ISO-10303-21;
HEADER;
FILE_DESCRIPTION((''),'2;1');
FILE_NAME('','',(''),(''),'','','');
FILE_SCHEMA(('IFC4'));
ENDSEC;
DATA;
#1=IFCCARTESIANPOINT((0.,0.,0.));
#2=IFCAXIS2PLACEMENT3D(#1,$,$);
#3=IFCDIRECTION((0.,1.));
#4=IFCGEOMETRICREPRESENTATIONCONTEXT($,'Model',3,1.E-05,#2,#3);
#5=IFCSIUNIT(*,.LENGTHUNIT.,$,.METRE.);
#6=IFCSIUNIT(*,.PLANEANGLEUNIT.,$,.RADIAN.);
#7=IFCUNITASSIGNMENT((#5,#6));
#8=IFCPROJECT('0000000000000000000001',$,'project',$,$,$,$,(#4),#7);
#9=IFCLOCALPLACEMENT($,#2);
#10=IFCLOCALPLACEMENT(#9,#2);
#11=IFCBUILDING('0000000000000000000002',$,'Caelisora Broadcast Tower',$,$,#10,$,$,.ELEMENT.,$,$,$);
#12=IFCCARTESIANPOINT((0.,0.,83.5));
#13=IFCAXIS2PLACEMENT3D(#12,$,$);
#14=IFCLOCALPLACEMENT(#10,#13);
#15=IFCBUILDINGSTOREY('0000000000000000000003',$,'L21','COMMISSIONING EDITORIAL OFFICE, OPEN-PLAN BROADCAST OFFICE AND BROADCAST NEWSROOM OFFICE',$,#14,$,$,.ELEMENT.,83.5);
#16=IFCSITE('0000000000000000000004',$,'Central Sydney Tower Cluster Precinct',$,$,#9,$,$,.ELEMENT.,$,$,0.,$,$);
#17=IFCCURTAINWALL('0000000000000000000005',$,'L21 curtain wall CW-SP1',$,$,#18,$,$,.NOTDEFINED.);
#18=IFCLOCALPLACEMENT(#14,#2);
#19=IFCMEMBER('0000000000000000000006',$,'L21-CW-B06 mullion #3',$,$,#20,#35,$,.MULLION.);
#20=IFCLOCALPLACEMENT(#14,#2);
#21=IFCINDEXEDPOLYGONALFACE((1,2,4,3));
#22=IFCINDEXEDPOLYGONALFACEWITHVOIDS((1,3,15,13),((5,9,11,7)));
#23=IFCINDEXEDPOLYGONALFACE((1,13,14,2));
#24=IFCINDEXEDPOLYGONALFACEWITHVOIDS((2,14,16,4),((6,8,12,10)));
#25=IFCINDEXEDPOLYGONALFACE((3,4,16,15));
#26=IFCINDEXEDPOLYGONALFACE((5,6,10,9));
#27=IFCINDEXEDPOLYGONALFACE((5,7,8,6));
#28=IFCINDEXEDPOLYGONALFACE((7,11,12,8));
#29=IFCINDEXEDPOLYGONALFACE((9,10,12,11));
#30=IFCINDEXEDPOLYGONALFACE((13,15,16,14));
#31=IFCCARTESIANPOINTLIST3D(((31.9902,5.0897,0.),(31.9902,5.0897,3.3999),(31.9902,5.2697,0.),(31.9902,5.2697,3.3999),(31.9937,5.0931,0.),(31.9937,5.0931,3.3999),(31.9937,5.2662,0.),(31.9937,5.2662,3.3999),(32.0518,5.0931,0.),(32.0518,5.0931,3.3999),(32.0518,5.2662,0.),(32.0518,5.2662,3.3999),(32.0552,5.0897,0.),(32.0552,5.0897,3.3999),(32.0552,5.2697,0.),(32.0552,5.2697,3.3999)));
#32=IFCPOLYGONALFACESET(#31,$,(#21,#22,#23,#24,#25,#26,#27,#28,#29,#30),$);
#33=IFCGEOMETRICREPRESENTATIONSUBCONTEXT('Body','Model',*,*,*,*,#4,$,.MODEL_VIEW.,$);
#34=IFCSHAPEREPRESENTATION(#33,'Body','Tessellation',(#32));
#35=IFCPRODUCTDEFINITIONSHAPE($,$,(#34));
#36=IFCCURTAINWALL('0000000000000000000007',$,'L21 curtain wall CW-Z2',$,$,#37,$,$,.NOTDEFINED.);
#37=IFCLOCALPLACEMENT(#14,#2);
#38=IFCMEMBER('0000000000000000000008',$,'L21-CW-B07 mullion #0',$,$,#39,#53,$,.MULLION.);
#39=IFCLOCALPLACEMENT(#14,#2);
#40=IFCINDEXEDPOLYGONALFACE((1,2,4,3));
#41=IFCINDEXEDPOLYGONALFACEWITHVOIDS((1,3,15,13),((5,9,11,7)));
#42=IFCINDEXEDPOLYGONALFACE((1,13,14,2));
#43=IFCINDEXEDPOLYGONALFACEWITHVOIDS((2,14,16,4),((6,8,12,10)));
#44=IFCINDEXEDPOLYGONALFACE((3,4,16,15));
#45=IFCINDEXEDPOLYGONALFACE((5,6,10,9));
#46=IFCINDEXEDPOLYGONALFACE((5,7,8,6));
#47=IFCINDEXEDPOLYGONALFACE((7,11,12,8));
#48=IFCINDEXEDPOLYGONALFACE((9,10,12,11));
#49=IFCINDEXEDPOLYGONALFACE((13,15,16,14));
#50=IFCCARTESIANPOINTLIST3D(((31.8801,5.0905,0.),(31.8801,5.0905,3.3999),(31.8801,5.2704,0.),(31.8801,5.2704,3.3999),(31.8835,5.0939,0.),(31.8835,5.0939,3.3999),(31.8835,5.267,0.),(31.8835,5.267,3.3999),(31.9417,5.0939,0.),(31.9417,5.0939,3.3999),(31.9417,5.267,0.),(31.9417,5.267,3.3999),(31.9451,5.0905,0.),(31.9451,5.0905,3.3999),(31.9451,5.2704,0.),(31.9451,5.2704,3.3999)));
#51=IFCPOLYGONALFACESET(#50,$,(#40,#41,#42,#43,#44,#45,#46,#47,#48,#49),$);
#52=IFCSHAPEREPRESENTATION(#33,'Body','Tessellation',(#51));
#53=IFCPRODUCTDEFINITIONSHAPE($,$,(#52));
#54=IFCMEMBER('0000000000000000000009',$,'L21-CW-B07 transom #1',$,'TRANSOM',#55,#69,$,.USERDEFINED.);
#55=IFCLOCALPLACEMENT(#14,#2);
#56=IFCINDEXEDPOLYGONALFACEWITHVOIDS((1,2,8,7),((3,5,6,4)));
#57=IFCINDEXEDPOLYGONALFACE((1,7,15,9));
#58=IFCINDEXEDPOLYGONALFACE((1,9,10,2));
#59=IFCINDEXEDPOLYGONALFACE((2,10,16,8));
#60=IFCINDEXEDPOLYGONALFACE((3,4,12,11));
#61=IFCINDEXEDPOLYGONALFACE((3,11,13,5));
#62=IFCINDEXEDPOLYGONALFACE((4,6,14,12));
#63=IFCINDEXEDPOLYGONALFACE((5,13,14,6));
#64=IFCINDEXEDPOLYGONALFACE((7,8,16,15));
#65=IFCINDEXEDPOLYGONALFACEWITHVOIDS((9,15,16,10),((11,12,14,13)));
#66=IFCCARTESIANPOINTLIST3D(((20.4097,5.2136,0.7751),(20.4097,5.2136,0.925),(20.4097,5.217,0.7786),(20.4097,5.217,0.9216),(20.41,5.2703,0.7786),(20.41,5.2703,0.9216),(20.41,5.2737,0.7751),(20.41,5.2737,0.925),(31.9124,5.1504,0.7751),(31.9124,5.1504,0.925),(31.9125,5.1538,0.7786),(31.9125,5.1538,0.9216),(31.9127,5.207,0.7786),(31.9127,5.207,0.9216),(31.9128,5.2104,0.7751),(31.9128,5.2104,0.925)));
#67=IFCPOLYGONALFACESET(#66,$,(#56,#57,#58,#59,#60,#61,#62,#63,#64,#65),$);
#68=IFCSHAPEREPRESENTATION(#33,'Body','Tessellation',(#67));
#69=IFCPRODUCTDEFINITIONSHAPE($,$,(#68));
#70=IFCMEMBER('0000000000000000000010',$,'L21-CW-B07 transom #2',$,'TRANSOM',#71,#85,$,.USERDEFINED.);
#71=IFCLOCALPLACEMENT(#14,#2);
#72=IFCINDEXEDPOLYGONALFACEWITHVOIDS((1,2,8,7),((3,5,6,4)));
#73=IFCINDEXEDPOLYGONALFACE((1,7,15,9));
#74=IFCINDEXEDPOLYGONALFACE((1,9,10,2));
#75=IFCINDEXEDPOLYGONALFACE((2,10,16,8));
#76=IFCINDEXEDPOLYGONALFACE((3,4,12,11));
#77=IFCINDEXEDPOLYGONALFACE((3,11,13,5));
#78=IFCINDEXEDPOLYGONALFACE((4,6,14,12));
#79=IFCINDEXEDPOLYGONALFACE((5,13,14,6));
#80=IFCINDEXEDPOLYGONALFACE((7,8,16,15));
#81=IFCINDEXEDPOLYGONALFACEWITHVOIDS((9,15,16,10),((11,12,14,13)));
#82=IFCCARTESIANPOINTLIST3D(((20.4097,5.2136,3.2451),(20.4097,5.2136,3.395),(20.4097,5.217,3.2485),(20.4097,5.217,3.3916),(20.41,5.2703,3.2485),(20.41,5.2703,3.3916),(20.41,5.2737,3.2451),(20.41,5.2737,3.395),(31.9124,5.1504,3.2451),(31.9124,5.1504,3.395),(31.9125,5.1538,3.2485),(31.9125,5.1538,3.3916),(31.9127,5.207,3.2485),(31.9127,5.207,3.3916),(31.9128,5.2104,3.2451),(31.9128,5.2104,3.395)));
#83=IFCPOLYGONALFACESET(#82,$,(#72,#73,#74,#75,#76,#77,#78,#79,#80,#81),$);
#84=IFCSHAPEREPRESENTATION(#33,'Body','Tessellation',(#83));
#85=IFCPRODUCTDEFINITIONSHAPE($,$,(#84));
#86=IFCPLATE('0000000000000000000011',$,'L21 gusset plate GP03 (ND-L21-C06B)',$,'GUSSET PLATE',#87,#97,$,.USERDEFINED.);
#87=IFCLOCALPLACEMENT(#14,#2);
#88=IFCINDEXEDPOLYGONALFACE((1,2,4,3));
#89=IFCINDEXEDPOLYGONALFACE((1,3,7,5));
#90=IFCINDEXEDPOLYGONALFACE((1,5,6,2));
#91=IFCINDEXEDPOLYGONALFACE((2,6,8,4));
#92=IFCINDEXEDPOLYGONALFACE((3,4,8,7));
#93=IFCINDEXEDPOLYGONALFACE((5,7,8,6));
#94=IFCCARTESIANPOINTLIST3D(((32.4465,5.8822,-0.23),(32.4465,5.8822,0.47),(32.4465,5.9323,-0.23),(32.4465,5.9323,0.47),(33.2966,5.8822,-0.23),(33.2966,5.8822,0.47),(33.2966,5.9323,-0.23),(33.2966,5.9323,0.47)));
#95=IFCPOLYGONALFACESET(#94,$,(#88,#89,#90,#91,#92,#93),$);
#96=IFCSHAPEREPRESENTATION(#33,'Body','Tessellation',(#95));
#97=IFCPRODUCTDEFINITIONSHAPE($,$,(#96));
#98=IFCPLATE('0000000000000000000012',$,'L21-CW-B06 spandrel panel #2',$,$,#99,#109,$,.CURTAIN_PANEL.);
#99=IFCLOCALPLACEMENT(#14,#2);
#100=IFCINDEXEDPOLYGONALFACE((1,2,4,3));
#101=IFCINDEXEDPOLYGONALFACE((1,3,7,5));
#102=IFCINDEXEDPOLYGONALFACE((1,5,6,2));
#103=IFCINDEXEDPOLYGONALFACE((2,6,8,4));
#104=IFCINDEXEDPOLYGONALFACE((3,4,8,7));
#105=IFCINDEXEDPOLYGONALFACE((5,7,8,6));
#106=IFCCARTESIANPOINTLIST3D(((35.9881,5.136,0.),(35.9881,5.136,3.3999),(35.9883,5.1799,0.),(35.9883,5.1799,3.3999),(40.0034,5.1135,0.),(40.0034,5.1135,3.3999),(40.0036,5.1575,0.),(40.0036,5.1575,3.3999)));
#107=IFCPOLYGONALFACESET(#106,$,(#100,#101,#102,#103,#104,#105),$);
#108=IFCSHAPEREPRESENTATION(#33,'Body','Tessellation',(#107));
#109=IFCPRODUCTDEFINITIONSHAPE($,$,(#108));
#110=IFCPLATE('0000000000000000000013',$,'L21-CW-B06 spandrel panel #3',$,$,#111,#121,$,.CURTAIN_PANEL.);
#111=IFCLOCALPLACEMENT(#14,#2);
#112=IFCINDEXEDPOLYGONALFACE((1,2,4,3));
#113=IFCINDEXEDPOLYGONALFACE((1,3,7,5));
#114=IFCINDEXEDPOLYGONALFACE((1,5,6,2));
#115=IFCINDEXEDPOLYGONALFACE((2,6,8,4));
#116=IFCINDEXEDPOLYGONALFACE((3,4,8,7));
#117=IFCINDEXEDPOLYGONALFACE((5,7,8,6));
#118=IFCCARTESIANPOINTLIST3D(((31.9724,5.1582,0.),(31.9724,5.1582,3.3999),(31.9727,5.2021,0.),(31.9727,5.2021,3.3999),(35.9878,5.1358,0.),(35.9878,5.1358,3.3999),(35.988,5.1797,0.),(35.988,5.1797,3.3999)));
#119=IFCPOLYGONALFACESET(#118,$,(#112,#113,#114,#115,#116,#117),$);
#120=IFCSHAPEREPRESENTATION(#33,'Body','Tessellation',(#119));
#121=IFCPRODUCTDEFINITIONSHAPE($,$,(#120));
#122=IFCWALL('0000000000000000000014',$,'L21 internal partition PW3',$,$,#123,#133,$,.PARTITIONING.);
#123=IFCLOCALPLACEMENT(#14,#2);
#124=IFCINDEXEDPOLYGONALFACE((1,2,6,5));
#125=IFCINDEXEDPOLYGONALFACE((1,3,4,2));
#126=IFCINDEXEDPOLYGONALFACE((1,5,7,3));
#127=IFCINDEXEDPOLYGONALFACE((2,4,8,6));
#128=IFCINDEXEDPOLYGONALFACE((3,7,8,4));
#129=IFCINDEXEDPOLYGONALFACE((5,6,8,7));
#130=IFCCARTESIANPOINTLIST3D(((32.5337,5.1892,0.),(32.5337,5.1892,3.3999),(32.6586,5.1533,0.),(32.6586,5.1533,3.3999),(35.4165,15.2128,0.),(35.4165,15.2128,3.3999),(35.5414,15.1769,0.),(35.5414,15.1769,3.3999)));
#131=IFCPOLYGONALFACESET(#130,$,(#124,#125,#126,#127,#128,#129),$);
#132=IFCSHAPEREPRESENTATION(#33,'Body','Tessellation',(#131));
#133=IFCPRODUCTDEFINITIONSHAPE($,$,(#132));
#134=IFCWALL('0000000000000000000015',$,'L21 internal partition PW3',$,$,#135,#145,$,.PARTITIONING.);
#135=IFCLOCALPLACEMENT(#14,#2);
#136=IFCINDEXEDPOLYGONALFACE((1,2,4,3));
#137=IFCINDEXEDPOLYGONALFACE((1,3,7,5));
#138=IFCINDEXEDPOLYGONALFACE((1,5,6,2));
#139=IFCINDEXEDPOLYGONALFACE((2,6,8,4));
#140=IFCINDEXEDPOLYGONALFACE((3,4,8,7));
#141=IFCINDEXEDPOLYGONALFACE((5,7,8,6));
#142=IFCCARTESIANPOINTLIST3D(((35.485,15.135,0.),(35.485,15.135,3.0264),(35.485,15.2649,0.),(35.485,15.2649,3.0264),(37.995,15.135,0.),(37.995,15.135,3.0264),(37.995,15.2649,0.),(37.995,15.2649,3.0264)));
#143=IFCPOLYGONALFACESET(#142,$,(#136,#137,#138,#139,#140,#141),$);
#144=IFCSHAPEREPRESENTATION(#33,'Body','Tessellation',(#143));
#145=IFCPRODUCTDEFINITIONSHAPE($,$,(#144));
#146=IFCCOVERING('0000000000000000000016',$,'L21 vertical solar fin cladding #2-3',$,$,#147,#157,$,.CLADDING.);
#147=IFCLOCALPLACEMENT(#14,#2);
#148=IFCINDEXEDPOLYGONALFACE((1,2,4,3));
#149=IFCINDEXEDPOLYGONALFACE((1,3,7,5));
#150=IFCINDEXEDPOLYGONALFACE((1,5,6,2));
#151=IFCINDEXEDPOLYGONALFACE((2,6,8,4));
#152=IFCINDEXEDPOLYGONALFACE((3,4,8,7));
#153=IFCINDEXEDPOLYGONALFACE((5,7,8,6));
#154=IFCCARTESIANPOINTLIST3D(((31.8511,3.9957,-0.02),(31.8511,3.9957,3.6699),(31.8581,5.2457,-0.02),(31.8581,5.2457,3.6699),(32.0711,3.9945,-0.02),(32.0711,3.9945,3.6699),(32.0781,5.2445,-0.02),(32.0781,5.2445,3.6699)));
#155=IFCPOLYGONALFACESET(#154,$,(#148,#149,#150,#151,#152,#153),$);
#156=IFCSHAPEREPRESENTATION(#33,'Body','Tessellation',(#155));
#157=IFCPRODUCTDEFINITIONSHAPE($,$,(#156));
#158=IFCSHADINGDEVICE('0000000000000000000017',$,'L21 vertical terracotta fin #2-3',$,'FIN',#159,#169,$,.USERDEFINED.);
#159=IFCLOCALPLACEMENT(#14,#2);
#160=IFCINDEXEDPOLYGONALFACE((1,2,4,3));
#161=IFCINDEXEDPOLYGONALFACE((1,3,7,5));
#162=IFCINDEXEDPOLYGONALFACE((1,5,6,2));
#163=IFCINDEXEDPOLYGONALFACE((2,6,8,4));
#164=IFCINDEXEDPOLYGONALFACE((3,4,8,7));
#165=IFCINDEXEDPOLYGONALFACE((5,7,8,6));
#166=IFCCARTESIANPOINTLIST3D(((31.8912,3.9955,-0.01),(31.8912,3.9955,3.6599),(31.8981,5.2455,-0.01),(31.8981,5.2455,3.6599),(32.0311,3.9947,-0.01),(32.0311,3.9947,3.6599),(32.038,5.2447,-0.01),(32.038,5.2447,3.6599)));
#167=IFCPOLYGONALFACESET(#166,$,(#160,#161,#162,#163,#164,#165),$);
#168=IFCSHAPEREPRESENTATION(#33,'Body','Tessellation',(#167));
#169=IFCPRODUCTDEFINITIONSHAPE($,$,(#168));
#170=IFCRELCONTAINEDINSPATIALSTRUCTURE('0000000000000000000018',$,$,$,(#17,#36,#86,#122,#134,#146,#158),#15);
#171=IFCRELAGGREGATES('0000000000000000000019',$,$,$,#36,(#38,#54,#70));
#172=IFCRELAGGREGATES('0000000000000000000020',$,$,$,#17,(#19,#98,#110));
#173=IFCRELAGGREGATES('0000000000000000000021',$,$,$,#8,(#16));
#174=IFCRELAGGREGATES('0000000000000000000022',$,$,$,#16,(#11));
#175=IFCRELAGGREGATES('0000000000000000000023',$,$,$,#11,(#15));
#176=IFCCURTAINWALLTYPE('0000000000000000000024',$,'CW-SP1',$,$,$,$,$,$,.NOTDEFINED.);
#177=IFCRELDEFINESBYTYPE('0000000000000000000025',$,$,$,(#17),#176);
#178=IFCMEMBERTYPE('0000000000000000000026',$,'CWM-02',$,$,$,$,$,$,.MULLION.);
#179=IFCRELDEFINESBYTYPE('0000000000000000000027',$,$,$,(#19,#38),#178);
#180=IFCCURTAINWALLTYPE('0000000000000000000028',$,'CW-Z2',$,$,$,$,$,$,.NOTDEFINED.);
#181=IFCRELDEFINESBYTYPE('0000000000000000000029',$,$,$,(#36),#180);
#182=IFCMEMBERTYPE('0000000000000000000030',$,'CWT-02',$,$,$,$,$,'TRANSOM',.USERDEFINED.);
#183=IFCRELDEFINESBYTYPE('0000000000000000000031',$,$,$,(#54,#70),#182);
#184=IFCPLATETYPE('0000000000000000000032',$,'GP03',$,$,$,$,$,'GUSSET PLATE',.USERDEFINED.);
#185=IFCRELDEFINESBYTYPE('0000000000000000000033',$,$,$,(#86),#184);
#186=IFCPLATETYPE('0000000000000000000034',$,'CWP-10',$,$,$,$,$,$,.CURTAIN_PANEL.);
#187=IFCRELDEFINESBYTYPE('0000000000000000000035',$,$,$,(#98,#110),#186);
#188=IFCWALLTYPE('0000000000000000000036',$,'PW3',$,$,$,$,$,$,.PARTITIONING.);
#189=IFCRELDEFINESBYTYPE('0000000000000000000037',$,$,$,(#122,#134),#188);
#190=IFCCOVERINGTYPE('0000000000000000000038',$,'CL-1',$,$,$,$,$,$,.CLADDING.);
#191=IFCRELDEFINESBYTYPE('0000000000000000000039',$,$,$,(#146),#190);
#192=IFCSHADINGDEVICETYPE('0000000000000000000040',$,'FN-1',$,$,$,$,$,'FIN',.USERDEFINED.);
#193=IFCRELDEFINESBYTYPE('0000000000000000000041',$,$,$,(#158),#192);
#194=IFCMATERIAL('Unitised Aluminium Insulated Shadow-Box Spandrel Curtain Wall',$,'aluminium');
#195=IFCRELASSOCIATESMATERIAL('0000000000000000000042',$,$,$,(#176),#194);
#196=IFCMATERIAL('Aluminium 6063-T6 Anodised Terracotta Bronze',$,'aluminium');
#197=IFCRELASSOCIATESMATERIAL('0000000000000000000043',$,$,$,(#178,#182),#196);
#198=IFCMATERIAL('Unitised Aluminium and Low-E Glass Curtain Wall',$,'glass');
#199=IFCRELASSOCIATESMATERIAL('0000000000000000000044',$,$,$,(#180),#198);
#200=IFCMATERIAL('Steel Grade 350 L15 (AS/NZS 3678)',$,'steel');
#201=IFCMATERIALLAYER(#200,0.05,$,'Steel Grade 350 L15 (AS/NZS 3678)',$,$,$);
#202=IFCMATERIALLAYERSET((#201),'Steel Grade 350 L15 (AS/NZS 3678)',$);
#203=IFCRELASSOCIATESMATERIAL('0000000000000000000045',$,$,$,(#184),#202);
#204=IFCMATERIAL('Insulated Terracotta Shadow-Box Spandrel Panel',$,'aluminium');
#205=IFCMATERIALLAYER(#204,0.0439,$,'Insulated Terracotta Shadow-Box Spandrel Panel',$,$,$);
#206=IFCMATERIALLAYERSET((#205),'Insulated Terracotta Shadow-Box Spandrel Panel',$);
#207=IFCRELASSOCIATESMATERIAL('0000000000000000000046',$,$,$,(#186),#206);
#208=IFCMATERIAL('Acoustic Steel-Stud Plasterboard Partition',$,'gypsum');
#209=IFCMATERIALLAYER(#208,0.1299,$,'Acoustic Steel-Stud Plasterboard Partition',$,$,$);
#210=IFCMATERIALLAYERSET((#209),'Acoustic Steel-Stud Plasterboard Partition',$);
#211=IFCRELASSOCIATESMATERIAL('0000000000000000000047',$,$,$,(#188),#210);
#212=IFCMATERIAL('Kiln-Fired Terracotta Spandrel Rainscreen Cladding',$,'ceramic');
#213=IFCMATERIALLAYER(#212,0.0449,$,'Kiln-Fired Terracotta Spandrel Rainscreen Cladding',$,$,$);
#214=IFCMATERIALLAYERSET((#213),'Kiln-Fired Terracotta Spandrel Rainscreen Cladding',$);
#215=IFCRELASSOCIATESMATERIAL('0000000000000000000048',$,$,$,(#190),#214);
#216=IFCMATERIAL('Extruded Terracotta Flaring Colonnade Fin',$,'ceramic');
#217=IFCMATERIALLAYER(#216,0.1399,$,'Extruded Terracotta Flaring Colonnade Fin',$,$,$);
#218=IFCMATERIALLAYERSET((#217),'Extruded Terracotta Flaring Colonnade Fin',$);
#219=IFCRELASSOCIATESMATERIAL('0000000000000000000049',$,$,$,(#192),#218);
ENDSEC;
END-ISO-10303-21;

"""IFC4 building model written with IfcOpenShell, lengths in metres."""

from ifc_helpers import new_model, si_unit, direction, frame, frame_2d, origin, origin_2d, place, context, subcontext, project, spatial, rectangle, hollow_rectangle, extrude, source, transform, mapped, material, layer, layer_set, material_profile, profile_set, type_object, type_shapes, element, aggregate, save


model = new_model("IFC4")

# Units and contexts
model_context = context("Model", 3, precision=1e-05, world=origin(), true_north=direction((0.0, 1.0)))
body_context = subcontext(model_context, "Body", "Model", "MODEL_VIEW")
ifc_project = project(units=[si_unit("LENGTHUNIT", "METRE"), si_unit("PLANEANGLEUNIT", "RADIAN")], contexts=[model_context])

# Site, building, storey
site_placement = place(None, origin())
site = spatial("IfcSite", under=ifc_project, at=site_placement, Name="Central Sydney Tower Cluster Precinct", CompositionType="ELEMENT", RefElevation=0.0)
building_placement = place(site_placement, origin())
building = spatial("IfcBuilding", under=site, at=building_placement, Name="Caelisora Broadcast Tower", CompositionType="ELEMENT")
storey_placement = place(building_placement, frame((0.0, 0.0, 83.5)))
storey = spatial("IfcBuildingStorey", under=building, at=storey_placement, Name="L21", Description="COMMISSIONING EDITORIAL OFFICE, OPEN-PLAN BROADCAST OFFICE AND BROADCAST NEWSROOM OFFICE", CompositionType="ELEMENT", Elevation=83.5)

# Shared definitions
ifc_material_1 = material(Name="Steel Grade 350 L15 (AS/NZS 3678)", Category="steel")

# Curtain walls, members
ifc_material_2 = material(Name="Unitised Aluminium Insulated Shadow-Box Spandrel Curtain Wall", Category="aluminium")
curtain_wall_type_1 = type_object("IfcCurtainWallType", Name="CW-SP1", PredefinedType="NOTDEFINED", material=ifc_material_2)
curtain_wall_1_placement = place(storey_placement, origin())
curtain_wall_1 = element("IfcCurtainWall", 1, at=curtain_wall_1_placement, inside=storey, type_object=curtain_wall_type_1, Name="L21 curtain wall CW-SP1", PredefinedType="NOTDEFINED")
ifc_material_3 = material(Name="Aluminium 6063-T6 Anodised Terracotta Bronze", Category="aluminium")
ifc_material_profile_1 = material_profile(ifc_material_3, hollow_rectangle(XDim=0.0649, YDim=0.1799, WallThickness=0.0034, at=origin_2d()), Name="Aluminium 6063-T6 Anodised Terracotta Bronze")
ifc_profile_set_1 = profile_set([ifc_material_profile_1], Name="Aluminium 6063-T6 Anodised Terracotta Bronze")
member_type_1 = type_object("IfcMemberType", Name="CWM-02", PredefinedType="MULLION", material=ifc_profile_set_1)
shared_shape_1 = source(origin(), body_context, "Body", "SweptSolid", [
    extrude(hollow_rectangle(XDim=0.0649, YDim=0.1799, WallThickness=0.0034, at=origin_2d()), origin(), (0.0, 0.0, 1.0), 3.3999),
])
type_shapes(member_type_1, [shared_shape_1])
member_1_placement = place(storey_placement, frame((32.0227, 5.1797, 0.0), z_axis=(0.0, 0.0, 1.0), x_axis=(1.0, 0.0, 0.0)))
member_1 = element("IfcMember", 2, at=member_1_placement, type_object=member_type_1, Name="L21-CW-B06 mullion #3", PredefinedType="MULLION", context=body_context, shape_type="MappedRepresentation", body=[
    mapped(shared_shape_1, transform((0.0, 0.0, 0.0), scale=1.0)),
])
ifc_material_4 = material(Name="Unitised Aluminium and Low-E Glass Curtain Wall", Category="glass")
curtain_wall_type_2 = type_object("IfcCurtainWallType", Name="CW-Z2", PredefinedType="NOTDEFINED", material=ifc_material_4)
curtain_wall_2_placement = place(storey_placement, origin())
curtain_wall_2 = element("IfcCurtainWall", 3, at=curtain_wall_2_placement, inside=storey, type_object=curtain_wall_type_2, Name="L21 curtain wall CW-Z2", PredefinedType="NOTDEFINED")
member_2_placement = place(storey_placement, frame((31.9126, 5.1804, 0.0), z_axis=(0.0, 0.0, 1.0), x_axis=(1.0, 0.0, 0.0)))
member_2 = element("IfcMember", 4, at=member_2_placement, type_object=member_type_1, Name="L21-CW-B07 mullion #0", PredefinedType="MULLION", context=body_context, shape_type="MappedRepresentation", body=[
    mapped(shared_shape_1, transform((0.0, 0.0, 0.0), scale=1.0)),
])
ifc_material_profile_2 = material_profile(ifc_material_3, hollow_rectangle(XDim=0.0601, YDim=0.1499, WallThickness=0.0034, at=origin_2d()), Name="Aluminium 6063-T6 Anodised Terracotta Bronze")
ifc_profile_set_2 = profile_set([ifc_material_profile_2], Name="Aluminium 6063-T6 Anodised Terracotta Bronze")
member_type_2 = type_object("IfcMemberType", Name="CWT-02", ElementType="TRANSOM", PredefinedType="USERDEFINED", material=ifc_profile_set_2)
shared_shape_2 = source(origin(), body_context, "Body", "SweptSolid", [
    extrude(hollow_rectangle(XDim=0.0601, YDim=0.1499, WallThickness=0.0034, at=origin_2d()), origin(), (0.0, 0.0, 1.0), 11.5029),
])
type_shapes(member_type_2, [shared_shape_2])
member_3_placement = place(storey_placement, frame((31.9126, 5.1804, 0.8501), z_axis=(-0.999985, 0.005497, 0.0), x_axis=(-0.005497, -0.999985, 0.0)))
member_3 = element("IfcMember", 5, at=member_3_placement, type_object=member_type_2, Name="L21-CW-B07 transom #1", ObjectType="TRANSOM", PredefinedType="USERDEFINED", context=body_context, shape_type="MappedRepresentation", body=[
    mapped(shared_shape_2, transform((0.0, 0.0, 0.0), scale=1.0)),
])
member_4_placement = place(storey_placement, frame((31.9126, 5.1804, 3.3201), z_axis=(-0.999985, 0.005497, 0.0), x_axis=(-0.005497, -0.999985, 0.0)))
member_4 = element("IfcMember", 6, at=member_4_placement, type_object=member_type_2, Name="L21-CW-B07 transom #2", ObjectType="TRANSOM", PredefinedType="USERDEFINED", context=body_context, shape_type="MappedRepresentation", body=[
    mapped(shared_shape_2, transform((0.0, 0.0, 0.0), scale=1.0)),
])
aggregate(curtain_wall_2, [member_2, member_3, member_4])

# Plates
ifc_layer_1 = layer(ifc_material_1, 0.05, Name="Steel Grade 350 L15 (AS/NZS 3678)")
ifc_layer_set_1 = layer_set([ifc_layer_1], Name="Steel Grade 350 L15 (AS/NZS 3678)")
plate_type_1 = type_object("IfcPlateType", Name="GP03", ElementType="GUSSET PLATE", PredefinedType="USERDEFINED", material=ifc_layer_set_1)
shared_shape_3 = source(origin(), body_context, "Body", "SweptSolid", [
    extrude(rectangle(XDim=0.8501, YDim=0.05, at=origin_2d()), origin(), (0.0, 0.0, 1.0), 0.7),
])
type_shapes(plate_type_1, [shared_shape_3])
plate_1_placement = place(storey_placement, frame((32.8716, 5.9072, -0.23), z_axis=(0.0, 0.0, 1.0), x_axis=(1.0, 0.0, 0.0)))
element("IfcPlate", 7, at=plate_1_placement, inside=storey, type_object=plate_type_1, Name="L21 gusset plate GP03 (ND-L21-C06B)", ObjectType="GUSSET PLATE", PredefinedType="USERDEFINED", context=body_context, shape_type="MappedRepresentation", body=[
    mapped(shared_shape_3, transform((0.0, 0.0, 0.0), scale=1.0)),
])
ifc_material_5 = material(Name="Insulated Terracotta Shadow-Box Spandrel Panel", Category="aluminium")
ifc_layer_2 = layer(ifc_material_5, 0.0439, Name="Insulated Terracotta Shadow-Box Spandrel Panel")
ifc_layer_set_2 = layer_set([ifc_layer_2], Name="Insulated Terracotta Shadow-Box Spandrel Panel")
plate_type_2 = type_object("IfcPlateType", Name="CWP-10", PredefinedType="CURTAIN_PANEL", material=ifc_layer_set_2)
shared_shape_4 = source(origin(), body_context, "Body", "SweptSolid", [
    extrude(rectangle(XDim=4.0154, YDim=0.0439, at=origin_2d()), origin(), (0.0, 0.0, 1.0), 3.3999),
])
type_shapes(plate_type_2, [shared_shape_4])
plate_2_placement = place(storey_placement, frame((37.9958, 5.1467, 0.0), z_axis=(0.0, 0.0, 1.0), x_axis=(-0.999984, 0.005585, 0.0)))
plate_2 = element("IfcPlate", 8, at=plate_2_placement, type_object=plate_type_2, Name="L21-CW-B06 spandrel panel #2", PredefinedType="CURTAIN_PANEL", context=body_context, shape_type="MappedRepresentation", body=[
    mapped(shared_shape_4, transform((0.0, 0.0, 0.0), scale=1.0)),
])
plate_3_placement = place(storey_placement, frame((33.9802, 5.1689, 0.0), z_axis=(0.0, 0.0, 1.0), x_axis=(-0.999984, 0.005585, 0.0)))
plate_3 = element("IfcPlate", 9, at=plate_3_placement, type_object=plate_type_2, Name="L21-CW-B06 spandrel panel #3", PredefinedType="CURTAIN_PANEL", context=body_context, shape_type="MappedRepresentation", body=[
    mapped(shared_shape_4, transform((0.0, 0.0, 0.0), scale=1.0)),
])
aggregate(curtain_wall_1, [member_1, plate_2, plate_3])

# Walls
ifc_material_6 = material(Name="Acoustic Steel-Stud Plasterboard Partition", Category="gypsum")
ifc_layer_3 = layer(ifc_material_6, 0.1299, Name="Acoustic Steel-Stud Plasterboard Partition")
ifc_layer_set_3 = layer_set([ifc_layer_3], Name="Acoustic Steel-Stud Plasterboard Partition")
wall_type_1 = type_object("IfcWallType", Name="PW3", PredefinedType="PARTITIONING", material=ifc_layer_set_3)
wall_1_placement = place(storey_placement, frame((32.5962, 5.1714, 0.0), z_axis=(0.0, 0.0, 1.0), x_axis=(0.276396, 0.961044, 0.0)))
element("IfcWall", 10, at=wall_1_placement, inside=storey, type_object=wall_type_1, Name="L21 internal partition PW3", PredefinedType="PARTITIONING", context=body_context, shape_type="SweptSolid", body=[
    extrude(rectangle(XDim=10.4299, YDim=0.1299, at=frame_2d((5.2148, 0.0))), origin(), (0.0, 0.0, 1.0), 3.3999),
])
wall_2_placement = place(storey_placement, frame((35.4851, 15.2, 0.0), z_axis=(0.0, 0.0, 1.0), x_axis=(1.0, 0.0, 0.0)))
element("IfcWall", 11, at=wall_2_placement, inside=storey, type_object=wall_type_1, Name="L21 internal partition PW3", PredefinedType="PARTITIONING", context=body_context, shape_type="SweptSolid", body=[
    extrude(rectangle(XDim=2.51, YDim=0.1299, at=frame_2d((1.2549, 0.0))), origin(), (0.0, 0.0, 1.0), 3.0264),
])

# Covering
ifc_material_7 = material(Name="Kiln-Fired Terracotta Spandrel Rainscreen Cladding", Category="ceramic")
ifc_layer_4 = layer(ifc_material_7, 0.0449, Name="Kiln-Fired Terracotta Spandrel Rainscreen Cladding")
ifc_layer_set_4 = layer_set([ifc_layer_4], Name="Kiln-Fired Terracotta Spandrel Rainscreen Cladding")
covering_type = type_object("IfcCoveringType", Name="CL-1", PredefinedType="CLADDING", material=ifc_layer_set_4)
shared_shape_5 = source(origin(), body_context, "Body", "SweptSolid", [
    extrude(rectangle(XDim=0.22, YDim=1.25, at=origin_2d()), origin(), (0.0, 0.0, 1.0), 3.6899),
])
type_shapes(covering_type, [shared_shape_5])
covering_placement = place(storey_placement, frame((31.9646, 4.6201, -0.02), z_axis=(0.0, 0.0, 1.0), x_axis=(-0.999984, 0.005585, 0.0)))
element("IfcCovering", 12, at=covering_placement, inside=storey, type_object=covering_type, Name="L21 vertical solar fin cladding #2-3", PredefinedType="CLADDING", context=body_context, shape_type="MappedRepresentation", body=[
    mapped(shared_shape_5, transform((0.0, 0.0, 0.0), scale=1.0)),
])

# Shading device
ifc_material_8 = material(Name="Extruded Terracotta Flaring Colonnade Fin", Category="ceramic")
ifc_layer_5 = layer(ifc_material_8, 0.1399, Name="Extruded Terracotta Flaring Colonnade Fin")
ifc_layer_set_5 = layer_set([ifc_layer_5], Name="Extruded Terracotta Flaring Colonnade Fin")
shading_device_type = type_object("IfcShadingDeviceType", Name="FN-1", ElementType="FIN", PredefinedType="USERDEFINED", material=ifc_layer_set_5)
shared_shape_6 = source(origin(), body_context, "Body", "SweptSolid", [
    extrude(rectangle(XDim=0.1399, YDim=1.25, at=origin_2d()), origin(), (0.0, 0.0, 1.0), 3.6699),
])
type_shapes(shading_device_type, [shared_shape_6])
shading_device_placement = place(storey_placement, frame((31.9646, 4.6201, -0.01), z_axis=(0.0, 0.0, 1.0), x_axis=(-0.999984, 0.005585, 0.0)))
element("IfcShadingDevice", 13, at=shading_device_placement, inside=storey, type_object=shading_device_type, Name="L21 vertical terracotta fin #2-3", ObjectType="FIN", PredefinedType="USERDEFINED", context=body_context, shape_type="MappedRepresentation", body=[
    mapped(shared_shape_6, transform((0.0, 0.0, 0.0), scale=1.0)),
])

save(model, "model.ifc")
